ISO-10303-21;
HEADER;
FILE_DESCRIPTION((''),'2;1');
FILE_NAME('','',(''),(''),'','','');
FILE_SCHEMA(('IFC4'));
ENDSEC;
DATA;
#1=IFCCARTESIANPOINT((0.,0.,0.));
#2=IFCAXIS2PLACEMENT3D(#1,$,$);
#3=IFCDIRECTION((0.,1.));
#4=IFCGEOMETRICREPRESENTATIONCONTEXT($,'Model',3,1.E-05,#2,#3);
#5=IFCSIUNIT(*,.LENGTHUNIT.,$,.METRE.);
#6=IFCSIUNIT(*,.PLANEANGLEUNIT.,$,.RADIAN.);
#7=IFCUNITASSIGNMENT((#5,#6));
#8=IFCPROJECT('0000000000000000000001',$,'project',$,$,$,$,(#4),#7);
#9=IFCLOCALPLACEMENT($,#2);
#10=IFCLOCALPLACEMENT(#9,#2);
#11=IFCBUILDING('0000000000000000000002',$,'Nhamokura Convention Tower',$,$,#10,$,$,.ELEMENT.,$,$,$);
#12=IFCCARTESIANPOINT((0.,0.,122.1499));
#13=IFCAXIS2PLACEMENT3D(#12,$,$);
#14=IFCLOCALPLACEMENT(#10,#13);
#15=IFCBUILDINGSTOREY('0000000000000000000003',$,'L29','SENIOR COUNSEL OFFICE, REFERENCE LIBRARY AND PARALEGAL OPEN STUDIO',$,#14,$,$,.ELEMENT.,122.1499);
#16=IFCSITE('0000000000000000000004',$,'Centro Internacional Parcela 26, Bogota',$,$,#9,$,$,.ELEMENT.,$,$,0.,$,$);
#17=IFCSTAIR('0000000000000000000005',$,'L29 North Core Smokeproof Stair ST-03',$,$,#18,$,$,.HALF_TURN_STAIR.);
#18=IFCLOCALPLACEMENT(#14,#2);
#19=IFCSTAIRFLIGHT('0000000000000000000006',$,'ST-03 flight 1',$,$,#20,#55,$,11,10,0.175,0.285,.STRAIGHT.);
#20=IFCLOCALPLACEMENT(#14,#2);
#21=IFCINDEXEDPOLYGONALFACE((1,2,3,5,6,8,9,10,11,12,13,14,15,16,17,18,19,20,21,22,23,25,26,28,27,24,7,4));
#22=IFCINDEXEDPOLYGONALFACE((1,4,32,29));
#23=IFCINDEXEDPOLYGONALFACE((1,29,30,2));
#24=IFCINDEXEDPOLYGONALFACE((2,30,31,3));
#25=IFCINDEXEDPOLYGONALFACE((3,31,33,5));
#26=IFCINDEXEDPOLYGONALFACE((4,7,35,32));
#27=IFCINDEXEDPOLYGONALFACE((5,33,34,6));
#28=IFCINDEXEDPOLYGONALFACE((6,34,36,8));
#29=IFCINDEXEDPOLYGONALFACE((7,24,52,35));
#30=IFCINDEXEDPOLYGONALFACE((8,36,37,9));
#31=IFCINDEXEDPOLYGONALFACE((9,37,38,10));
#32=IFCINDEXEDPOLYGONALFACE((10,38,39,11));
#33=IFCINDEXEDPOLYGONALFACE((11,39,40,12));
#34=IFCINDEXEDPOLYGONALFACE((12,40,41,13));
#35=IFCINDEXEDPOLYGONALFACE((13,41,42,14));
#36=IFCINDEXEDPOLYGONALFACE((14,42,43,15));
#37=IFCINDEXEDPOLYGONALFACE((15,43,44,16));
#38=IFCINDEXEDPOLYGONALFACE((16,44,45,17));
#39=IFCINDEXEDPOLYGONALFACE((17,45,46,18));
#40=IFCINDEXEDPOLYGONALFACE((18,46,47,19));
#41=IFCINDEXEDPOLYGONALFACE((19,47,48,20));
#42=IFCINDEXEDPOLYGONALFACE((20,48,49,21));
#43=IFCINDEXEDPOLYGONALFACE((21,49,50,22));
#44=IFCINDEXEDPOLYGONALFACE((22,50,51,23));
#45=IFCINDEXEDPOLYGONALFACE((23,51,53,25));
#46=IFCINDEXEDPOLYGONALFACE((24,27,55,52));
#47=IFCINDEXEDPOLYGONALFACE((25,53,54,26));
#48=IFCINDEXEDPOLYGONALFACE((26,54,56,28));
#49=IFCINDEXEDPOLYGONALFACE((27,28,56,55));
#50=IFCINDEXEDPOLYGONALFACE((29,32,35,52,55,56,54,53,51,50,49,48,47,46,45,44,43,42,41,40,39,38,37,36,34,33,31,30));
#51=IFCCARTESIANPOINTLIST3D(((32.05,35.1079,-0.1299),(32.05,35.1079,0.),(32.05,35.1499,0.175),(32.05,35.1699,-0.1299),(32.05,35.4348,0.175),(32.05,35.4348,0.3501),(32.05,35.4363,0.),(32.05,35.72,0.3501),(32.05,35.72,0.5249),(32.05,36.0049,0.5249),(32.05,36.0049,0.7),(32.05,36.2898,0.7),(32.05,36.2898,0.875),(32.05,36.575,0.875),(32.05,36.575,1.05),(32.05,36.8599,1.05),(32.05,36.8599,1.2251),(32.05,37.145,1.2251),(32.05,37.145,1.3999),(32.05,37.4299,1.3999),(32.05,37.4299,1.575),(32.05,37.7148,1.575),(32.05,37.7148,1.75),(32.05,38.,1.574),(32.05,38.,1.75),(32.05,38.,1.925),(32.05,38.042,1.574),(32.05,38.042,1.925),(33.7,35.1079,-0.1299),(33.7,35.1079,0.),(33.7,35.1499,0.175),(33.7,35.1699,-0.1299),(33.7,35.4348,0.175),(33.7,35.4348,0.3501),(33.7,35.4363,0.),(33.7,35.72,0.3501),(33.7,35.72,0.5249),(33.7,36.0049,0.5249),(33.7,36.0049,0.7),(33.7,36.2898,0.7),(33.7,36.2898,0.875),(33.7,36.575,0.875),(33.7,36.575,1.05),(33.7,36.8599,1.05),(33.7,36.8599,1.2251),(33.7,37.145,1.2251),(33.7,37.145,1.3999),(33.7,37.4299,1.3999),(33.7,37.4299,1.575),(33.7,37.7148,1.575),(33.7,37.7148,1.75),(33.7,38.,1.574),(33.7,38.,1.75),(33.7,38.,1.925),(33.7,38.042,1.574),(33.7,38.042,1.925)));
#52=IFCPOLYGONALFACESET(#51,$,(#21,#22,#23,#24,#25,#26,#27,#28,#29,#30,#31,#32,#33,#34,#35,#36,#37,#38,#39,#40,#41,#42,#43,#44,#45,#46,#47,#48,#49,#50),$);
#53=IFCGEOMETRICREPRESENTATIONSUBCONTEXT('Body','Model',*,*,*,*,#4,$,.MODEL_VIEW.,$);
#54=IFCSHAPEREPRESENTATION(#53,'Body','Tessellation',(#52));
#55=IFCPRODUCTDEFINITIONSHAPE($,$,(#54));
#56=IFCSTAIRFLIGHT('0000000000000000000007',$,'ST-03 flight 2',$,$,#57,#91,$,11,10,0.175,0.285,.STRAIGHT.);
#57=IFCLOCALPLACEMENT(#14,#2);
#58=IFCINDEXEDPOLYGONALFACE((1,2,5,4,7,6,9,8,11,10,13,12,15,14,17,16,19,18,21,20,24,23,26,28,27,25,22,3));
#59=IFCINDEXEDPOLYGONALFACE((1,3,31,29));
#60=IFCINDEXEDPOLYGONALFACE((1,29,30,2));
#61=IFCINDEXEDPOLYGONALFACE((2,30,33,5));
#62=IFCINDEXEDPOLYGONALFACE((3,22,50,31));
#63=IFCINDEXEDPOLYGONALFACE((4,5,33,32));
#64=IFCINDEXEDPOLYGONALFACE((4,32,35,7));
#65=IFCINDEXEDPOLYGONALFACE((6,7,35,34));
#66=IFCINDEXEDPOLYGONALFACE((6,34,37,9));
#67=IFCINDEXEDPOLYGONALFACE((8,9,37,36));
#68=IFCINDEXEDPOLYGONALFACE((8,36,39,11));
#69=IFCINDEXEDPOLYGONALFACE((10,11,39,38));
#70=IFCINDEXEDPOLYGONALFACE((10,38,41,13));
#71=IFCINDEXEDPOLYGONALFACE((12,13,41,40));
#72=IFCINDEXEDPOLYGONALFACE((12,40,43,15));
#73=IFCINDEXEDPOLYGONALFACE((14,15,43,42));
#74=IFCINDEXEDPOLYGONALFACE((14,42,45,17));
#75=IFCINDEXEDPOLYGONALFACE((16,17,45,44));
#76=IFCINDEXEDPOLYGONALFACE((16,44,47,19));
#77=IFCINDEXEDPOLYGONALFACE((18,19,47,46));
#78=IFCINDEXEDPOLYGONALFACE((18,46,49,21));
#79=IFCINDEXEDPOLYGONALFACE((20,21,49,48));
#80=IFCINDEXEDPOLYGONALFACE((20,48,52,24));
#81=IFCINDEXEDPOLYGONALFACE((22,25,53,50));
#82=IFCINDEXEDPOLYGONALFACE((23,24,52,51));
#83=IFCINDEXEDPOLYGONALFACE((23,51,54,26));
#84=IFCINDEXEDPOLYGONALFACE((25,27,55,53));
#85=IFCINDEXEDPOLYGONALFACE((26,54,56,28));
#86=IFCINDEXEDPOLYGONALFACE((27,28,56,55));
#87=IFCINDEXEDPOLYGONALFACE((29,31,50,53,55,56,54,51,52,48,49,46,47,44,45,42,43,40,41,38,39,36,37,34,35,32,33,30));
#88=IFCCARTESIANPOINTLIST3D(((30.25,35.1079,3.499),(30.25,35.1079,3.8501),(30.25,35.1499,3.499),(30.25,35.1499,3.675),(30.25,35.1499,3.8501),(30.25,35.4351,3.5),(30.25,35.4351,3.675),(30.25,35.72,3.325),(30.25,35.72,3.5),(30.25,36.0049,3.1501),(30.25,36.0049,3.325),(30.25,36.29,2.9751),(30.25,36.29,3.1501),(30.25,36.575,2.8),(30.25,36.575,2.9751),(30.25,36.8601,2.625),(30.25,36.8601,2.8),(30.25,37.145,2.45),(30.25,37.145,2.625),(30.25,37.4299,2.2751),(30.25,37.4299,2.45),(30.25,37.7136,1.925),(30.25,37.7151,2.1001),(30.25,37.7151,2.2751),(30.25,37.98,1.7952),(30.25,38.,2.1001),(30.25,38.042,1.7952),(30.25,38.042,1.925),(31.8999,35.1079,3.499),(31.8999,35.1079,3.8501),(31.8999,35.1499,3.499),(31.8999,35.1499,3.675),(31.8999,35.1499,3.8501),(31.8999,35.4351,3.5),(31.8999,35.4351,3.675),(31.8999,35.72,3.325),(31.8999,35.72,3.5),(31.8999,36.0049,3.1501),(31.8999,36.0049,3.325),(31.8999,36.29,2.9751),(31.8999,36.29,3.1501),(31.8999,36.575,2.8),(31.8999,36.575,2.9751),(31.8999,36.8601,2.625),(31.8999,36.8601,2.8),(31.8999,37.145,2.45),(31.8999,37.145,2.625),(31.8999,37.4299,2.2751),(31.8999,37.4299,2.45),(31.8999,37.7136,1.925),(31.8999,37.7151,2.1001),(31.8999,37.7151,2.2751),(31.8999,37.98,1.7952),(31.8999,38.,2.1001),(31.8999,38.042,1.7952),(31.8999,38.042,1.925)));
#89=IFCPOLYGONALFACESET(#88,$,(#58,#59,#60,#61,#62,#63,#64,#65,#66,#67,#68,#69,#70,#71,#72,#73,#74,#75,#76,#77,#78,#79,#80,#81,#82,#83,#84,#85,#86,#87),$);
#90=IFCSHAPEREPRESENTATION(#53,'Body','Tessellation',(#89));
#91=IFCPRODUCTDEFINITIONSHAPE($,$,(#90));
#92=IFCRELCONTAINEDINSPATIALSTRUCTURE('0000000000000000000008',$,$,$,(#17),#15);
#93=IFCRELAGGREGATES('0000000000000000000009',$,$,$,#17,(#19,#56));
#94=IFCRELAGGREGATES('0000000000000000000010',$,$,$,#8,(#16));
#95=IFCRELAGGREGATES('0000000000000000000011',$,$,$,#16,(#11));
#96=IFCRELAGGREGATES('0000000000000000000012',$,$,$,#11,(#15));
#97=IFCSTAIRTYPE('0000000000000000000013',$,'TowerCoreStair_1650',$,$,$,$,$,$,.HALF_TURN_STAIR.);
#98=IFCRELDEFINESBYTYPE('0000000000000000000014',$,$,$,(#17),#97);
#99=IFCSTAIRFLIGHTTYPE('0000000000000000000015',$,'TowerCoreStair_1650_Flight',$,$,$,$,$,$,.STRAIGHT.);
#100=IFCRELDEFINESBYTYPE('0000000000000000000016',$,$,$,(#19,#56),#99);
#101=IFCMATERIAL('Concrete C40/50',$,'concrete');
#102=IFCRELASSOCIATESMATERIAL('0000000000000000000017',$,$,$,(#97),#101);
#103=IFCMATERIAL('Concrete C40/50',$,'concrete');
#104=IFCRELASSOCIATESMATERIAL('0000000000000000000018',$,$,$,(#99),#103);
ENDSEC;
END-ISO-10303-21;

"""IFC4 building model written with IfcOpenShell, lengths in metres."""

from ifc_helpers import new_model, si_unit, direction, frame, origin, place, context, subcontext, project, spatial, polyline, outline, extrude, material, type_object, element, aggregate, save


model = new_model("IFC4")

# Units and contexts
model_context = context("Model", 3, precision=1e-05, world=origin(), true_north=direction((0.0, 1.0)))
body_context = subcontext(model_context, "Body", "Model", "MODEL_VIEW")
ifc_project = project(units=[si_unit("LENGTHUNIT", "METRE"), si_unit("PLANEANGLEUNIT", "RADIAN")], contexts=[model_context])

# Site, building, storey
site_placement = place(None, origin())
site = spatial("IfcSite", under=ifc_project, at=site_placement, Name="Centro Internacional Parcela 26, Bogota", CompositionType="ELEMENT", RefElevation=0.0)
building_placement = place(site_placement, origin())
building = spatial("IfcBuilding", under=site, at=building_placement, Name="Nhamokura Convention Tower", CompositionType="ELEMENT")
storey_placement = place(building_placement, frame((0.0, 0.0, 122.1499)))
storey = spatial("IfcBuildingStorey", under=building, at=storey_placement, Name="L29", Description="SENIOR COUNSEL OFFICE, REFERENCE LIBRARY AND PARALEGAL OPEN STUDIO", CompositionType="ELEMENT", Elevation=122.1499)

# Stair, stair flights
ifc_material_1 = material(Name="Concrete C40/50", Category="concrete")
stair_type = type_object("IfcStairType", Name="TowerCoreStair_1650", PredefinedType="HALF_TURN_STAIR", material=ifc_material_1)
stair_placement = place(storey_placement, origin())
stair = element("IfcStair", 1, at=stair_placement, inside=storey, type_object=stair_type, Name="L29 North Core Smokeproof Stair ST-03", PredefinedType="HALF_TURN_STAIR")
ifc_material_2 = material(Name="Concrete C40/50", Category="concrete")
stair_flight_type = type_object("IfcStairFlightType", Name="TowerCoreStair_1650_Flight", PredefinedType="STRAIGHT", material=ifc_material_2)
stair_flight_1_placement = place(storey_placement, frame((32.875, 35.1499, 0.0), z_axis=(0.0, 0.0, 1.0), x_axis=(0.0, 1.0, 0.0)))
stair_flight_1 = element("IfcStairFlight", 2, at=stair_flight_1_placement, type_object=stair_flight_type, Name="ST-03 flight 1", NumberOfRisers=11, NumberOfTreads=10, PredefinedType="STRAIGHT", RiserHeight=0.175, TreadLength=0.285, context=body_context, shape_type="SweptSolid", body=[
    extrude(outline(polyline([(-0.042, 0.0), (0.0, 0.175), (0.2849, 0.175), (0.2849, 0.3501), (0.5701, 0.3501), (0.5701, 0.5249), (0.855, 0.5249), (0.855, 0.7), (1.1399, 0.7), (1.1399, 0.875), (1.425, 0.875), (1.425, 1.05), (1.71, 1.05), (1.71, 1.2251), (1.9951, 1.2251), (1.9951, 1.3999), (2.28, 1.3999), (2.28, 1.575), (2.5649, 1.575), (2.5649, 1.75), (2.8501, 1.75), (2.8501, 1.925), (2.8921, 1.925), (2.8921, 1.574), (2.8501, 1.574), (0.2864, 0.0), (0.02, -0.1299), (-0.042, -0.1299), (-0.042, 0.0)])), frame((0.0, 0.825, 0.0), z_axis=(0.0, -1.0, 0.0), x_axis=(1.0, 0.0, 0.0)), (0.0, 0.0, 1.0), 1.6499),
])
stair_flight_2_placement = place(storey_placement, frame((31.075, 38.0, 1.925), z_axis=(0.0, 0.0, 1.0), x_axis=(0.0, -1.0, 0.0)))
stair_flight_2 = element("IfcStairFlight", 3, at=stair_flight_2_placement, type_object=stair_flight_type, Name="ST-03 flight 2", NumberOfRisers=11, NumberOfTreads=10, PredefinedType="STRAIGHT", RiserHeight=0.175, TreadLength=0.285, context=body_context, shape_type="SweptSolid", body=[
    extrude(outline(polyline([(-0.042, 0.0), (0.0, 0.175), (0.2849, 0.175), (0.2849, 0.3501), (0.5701, 0.3501), (0.5701, 0.5249), (0.855, 0.5249), (0.855, 0.7), (1.1399, 0.7), (1.1399, 0.875), (1.425, 0.875), (1.425, 1.05), (1.71, 1.05), (1.71, 1.2251), (1.9951, 1.2251), (1.9951, 1.3999), (2.28, 1.3999), (2.28, 1.575), (2.5649, 1.575), (2.5649, 1.75), (2.8501, 1.75), (2.8501, 1.925), (2.8921, 1.925), (2.8921, 1.574), (2.8501, 1.574), (0.2864, 0.0), (0.02, -0.1299), (-0.042, -0.1299), (-0.042, 0.0)])), frame((0.0, 0.825, 0.0), z_axis=(0.0, -1.0, 0.0), x_axis=(1.0, 0.0, 0.0)), (0.0, 0.0, 1.0), 1.6499),
])
aggregate(stair, [stair_flight_1, stair_flight_2])

save(model, "model.ifc")
